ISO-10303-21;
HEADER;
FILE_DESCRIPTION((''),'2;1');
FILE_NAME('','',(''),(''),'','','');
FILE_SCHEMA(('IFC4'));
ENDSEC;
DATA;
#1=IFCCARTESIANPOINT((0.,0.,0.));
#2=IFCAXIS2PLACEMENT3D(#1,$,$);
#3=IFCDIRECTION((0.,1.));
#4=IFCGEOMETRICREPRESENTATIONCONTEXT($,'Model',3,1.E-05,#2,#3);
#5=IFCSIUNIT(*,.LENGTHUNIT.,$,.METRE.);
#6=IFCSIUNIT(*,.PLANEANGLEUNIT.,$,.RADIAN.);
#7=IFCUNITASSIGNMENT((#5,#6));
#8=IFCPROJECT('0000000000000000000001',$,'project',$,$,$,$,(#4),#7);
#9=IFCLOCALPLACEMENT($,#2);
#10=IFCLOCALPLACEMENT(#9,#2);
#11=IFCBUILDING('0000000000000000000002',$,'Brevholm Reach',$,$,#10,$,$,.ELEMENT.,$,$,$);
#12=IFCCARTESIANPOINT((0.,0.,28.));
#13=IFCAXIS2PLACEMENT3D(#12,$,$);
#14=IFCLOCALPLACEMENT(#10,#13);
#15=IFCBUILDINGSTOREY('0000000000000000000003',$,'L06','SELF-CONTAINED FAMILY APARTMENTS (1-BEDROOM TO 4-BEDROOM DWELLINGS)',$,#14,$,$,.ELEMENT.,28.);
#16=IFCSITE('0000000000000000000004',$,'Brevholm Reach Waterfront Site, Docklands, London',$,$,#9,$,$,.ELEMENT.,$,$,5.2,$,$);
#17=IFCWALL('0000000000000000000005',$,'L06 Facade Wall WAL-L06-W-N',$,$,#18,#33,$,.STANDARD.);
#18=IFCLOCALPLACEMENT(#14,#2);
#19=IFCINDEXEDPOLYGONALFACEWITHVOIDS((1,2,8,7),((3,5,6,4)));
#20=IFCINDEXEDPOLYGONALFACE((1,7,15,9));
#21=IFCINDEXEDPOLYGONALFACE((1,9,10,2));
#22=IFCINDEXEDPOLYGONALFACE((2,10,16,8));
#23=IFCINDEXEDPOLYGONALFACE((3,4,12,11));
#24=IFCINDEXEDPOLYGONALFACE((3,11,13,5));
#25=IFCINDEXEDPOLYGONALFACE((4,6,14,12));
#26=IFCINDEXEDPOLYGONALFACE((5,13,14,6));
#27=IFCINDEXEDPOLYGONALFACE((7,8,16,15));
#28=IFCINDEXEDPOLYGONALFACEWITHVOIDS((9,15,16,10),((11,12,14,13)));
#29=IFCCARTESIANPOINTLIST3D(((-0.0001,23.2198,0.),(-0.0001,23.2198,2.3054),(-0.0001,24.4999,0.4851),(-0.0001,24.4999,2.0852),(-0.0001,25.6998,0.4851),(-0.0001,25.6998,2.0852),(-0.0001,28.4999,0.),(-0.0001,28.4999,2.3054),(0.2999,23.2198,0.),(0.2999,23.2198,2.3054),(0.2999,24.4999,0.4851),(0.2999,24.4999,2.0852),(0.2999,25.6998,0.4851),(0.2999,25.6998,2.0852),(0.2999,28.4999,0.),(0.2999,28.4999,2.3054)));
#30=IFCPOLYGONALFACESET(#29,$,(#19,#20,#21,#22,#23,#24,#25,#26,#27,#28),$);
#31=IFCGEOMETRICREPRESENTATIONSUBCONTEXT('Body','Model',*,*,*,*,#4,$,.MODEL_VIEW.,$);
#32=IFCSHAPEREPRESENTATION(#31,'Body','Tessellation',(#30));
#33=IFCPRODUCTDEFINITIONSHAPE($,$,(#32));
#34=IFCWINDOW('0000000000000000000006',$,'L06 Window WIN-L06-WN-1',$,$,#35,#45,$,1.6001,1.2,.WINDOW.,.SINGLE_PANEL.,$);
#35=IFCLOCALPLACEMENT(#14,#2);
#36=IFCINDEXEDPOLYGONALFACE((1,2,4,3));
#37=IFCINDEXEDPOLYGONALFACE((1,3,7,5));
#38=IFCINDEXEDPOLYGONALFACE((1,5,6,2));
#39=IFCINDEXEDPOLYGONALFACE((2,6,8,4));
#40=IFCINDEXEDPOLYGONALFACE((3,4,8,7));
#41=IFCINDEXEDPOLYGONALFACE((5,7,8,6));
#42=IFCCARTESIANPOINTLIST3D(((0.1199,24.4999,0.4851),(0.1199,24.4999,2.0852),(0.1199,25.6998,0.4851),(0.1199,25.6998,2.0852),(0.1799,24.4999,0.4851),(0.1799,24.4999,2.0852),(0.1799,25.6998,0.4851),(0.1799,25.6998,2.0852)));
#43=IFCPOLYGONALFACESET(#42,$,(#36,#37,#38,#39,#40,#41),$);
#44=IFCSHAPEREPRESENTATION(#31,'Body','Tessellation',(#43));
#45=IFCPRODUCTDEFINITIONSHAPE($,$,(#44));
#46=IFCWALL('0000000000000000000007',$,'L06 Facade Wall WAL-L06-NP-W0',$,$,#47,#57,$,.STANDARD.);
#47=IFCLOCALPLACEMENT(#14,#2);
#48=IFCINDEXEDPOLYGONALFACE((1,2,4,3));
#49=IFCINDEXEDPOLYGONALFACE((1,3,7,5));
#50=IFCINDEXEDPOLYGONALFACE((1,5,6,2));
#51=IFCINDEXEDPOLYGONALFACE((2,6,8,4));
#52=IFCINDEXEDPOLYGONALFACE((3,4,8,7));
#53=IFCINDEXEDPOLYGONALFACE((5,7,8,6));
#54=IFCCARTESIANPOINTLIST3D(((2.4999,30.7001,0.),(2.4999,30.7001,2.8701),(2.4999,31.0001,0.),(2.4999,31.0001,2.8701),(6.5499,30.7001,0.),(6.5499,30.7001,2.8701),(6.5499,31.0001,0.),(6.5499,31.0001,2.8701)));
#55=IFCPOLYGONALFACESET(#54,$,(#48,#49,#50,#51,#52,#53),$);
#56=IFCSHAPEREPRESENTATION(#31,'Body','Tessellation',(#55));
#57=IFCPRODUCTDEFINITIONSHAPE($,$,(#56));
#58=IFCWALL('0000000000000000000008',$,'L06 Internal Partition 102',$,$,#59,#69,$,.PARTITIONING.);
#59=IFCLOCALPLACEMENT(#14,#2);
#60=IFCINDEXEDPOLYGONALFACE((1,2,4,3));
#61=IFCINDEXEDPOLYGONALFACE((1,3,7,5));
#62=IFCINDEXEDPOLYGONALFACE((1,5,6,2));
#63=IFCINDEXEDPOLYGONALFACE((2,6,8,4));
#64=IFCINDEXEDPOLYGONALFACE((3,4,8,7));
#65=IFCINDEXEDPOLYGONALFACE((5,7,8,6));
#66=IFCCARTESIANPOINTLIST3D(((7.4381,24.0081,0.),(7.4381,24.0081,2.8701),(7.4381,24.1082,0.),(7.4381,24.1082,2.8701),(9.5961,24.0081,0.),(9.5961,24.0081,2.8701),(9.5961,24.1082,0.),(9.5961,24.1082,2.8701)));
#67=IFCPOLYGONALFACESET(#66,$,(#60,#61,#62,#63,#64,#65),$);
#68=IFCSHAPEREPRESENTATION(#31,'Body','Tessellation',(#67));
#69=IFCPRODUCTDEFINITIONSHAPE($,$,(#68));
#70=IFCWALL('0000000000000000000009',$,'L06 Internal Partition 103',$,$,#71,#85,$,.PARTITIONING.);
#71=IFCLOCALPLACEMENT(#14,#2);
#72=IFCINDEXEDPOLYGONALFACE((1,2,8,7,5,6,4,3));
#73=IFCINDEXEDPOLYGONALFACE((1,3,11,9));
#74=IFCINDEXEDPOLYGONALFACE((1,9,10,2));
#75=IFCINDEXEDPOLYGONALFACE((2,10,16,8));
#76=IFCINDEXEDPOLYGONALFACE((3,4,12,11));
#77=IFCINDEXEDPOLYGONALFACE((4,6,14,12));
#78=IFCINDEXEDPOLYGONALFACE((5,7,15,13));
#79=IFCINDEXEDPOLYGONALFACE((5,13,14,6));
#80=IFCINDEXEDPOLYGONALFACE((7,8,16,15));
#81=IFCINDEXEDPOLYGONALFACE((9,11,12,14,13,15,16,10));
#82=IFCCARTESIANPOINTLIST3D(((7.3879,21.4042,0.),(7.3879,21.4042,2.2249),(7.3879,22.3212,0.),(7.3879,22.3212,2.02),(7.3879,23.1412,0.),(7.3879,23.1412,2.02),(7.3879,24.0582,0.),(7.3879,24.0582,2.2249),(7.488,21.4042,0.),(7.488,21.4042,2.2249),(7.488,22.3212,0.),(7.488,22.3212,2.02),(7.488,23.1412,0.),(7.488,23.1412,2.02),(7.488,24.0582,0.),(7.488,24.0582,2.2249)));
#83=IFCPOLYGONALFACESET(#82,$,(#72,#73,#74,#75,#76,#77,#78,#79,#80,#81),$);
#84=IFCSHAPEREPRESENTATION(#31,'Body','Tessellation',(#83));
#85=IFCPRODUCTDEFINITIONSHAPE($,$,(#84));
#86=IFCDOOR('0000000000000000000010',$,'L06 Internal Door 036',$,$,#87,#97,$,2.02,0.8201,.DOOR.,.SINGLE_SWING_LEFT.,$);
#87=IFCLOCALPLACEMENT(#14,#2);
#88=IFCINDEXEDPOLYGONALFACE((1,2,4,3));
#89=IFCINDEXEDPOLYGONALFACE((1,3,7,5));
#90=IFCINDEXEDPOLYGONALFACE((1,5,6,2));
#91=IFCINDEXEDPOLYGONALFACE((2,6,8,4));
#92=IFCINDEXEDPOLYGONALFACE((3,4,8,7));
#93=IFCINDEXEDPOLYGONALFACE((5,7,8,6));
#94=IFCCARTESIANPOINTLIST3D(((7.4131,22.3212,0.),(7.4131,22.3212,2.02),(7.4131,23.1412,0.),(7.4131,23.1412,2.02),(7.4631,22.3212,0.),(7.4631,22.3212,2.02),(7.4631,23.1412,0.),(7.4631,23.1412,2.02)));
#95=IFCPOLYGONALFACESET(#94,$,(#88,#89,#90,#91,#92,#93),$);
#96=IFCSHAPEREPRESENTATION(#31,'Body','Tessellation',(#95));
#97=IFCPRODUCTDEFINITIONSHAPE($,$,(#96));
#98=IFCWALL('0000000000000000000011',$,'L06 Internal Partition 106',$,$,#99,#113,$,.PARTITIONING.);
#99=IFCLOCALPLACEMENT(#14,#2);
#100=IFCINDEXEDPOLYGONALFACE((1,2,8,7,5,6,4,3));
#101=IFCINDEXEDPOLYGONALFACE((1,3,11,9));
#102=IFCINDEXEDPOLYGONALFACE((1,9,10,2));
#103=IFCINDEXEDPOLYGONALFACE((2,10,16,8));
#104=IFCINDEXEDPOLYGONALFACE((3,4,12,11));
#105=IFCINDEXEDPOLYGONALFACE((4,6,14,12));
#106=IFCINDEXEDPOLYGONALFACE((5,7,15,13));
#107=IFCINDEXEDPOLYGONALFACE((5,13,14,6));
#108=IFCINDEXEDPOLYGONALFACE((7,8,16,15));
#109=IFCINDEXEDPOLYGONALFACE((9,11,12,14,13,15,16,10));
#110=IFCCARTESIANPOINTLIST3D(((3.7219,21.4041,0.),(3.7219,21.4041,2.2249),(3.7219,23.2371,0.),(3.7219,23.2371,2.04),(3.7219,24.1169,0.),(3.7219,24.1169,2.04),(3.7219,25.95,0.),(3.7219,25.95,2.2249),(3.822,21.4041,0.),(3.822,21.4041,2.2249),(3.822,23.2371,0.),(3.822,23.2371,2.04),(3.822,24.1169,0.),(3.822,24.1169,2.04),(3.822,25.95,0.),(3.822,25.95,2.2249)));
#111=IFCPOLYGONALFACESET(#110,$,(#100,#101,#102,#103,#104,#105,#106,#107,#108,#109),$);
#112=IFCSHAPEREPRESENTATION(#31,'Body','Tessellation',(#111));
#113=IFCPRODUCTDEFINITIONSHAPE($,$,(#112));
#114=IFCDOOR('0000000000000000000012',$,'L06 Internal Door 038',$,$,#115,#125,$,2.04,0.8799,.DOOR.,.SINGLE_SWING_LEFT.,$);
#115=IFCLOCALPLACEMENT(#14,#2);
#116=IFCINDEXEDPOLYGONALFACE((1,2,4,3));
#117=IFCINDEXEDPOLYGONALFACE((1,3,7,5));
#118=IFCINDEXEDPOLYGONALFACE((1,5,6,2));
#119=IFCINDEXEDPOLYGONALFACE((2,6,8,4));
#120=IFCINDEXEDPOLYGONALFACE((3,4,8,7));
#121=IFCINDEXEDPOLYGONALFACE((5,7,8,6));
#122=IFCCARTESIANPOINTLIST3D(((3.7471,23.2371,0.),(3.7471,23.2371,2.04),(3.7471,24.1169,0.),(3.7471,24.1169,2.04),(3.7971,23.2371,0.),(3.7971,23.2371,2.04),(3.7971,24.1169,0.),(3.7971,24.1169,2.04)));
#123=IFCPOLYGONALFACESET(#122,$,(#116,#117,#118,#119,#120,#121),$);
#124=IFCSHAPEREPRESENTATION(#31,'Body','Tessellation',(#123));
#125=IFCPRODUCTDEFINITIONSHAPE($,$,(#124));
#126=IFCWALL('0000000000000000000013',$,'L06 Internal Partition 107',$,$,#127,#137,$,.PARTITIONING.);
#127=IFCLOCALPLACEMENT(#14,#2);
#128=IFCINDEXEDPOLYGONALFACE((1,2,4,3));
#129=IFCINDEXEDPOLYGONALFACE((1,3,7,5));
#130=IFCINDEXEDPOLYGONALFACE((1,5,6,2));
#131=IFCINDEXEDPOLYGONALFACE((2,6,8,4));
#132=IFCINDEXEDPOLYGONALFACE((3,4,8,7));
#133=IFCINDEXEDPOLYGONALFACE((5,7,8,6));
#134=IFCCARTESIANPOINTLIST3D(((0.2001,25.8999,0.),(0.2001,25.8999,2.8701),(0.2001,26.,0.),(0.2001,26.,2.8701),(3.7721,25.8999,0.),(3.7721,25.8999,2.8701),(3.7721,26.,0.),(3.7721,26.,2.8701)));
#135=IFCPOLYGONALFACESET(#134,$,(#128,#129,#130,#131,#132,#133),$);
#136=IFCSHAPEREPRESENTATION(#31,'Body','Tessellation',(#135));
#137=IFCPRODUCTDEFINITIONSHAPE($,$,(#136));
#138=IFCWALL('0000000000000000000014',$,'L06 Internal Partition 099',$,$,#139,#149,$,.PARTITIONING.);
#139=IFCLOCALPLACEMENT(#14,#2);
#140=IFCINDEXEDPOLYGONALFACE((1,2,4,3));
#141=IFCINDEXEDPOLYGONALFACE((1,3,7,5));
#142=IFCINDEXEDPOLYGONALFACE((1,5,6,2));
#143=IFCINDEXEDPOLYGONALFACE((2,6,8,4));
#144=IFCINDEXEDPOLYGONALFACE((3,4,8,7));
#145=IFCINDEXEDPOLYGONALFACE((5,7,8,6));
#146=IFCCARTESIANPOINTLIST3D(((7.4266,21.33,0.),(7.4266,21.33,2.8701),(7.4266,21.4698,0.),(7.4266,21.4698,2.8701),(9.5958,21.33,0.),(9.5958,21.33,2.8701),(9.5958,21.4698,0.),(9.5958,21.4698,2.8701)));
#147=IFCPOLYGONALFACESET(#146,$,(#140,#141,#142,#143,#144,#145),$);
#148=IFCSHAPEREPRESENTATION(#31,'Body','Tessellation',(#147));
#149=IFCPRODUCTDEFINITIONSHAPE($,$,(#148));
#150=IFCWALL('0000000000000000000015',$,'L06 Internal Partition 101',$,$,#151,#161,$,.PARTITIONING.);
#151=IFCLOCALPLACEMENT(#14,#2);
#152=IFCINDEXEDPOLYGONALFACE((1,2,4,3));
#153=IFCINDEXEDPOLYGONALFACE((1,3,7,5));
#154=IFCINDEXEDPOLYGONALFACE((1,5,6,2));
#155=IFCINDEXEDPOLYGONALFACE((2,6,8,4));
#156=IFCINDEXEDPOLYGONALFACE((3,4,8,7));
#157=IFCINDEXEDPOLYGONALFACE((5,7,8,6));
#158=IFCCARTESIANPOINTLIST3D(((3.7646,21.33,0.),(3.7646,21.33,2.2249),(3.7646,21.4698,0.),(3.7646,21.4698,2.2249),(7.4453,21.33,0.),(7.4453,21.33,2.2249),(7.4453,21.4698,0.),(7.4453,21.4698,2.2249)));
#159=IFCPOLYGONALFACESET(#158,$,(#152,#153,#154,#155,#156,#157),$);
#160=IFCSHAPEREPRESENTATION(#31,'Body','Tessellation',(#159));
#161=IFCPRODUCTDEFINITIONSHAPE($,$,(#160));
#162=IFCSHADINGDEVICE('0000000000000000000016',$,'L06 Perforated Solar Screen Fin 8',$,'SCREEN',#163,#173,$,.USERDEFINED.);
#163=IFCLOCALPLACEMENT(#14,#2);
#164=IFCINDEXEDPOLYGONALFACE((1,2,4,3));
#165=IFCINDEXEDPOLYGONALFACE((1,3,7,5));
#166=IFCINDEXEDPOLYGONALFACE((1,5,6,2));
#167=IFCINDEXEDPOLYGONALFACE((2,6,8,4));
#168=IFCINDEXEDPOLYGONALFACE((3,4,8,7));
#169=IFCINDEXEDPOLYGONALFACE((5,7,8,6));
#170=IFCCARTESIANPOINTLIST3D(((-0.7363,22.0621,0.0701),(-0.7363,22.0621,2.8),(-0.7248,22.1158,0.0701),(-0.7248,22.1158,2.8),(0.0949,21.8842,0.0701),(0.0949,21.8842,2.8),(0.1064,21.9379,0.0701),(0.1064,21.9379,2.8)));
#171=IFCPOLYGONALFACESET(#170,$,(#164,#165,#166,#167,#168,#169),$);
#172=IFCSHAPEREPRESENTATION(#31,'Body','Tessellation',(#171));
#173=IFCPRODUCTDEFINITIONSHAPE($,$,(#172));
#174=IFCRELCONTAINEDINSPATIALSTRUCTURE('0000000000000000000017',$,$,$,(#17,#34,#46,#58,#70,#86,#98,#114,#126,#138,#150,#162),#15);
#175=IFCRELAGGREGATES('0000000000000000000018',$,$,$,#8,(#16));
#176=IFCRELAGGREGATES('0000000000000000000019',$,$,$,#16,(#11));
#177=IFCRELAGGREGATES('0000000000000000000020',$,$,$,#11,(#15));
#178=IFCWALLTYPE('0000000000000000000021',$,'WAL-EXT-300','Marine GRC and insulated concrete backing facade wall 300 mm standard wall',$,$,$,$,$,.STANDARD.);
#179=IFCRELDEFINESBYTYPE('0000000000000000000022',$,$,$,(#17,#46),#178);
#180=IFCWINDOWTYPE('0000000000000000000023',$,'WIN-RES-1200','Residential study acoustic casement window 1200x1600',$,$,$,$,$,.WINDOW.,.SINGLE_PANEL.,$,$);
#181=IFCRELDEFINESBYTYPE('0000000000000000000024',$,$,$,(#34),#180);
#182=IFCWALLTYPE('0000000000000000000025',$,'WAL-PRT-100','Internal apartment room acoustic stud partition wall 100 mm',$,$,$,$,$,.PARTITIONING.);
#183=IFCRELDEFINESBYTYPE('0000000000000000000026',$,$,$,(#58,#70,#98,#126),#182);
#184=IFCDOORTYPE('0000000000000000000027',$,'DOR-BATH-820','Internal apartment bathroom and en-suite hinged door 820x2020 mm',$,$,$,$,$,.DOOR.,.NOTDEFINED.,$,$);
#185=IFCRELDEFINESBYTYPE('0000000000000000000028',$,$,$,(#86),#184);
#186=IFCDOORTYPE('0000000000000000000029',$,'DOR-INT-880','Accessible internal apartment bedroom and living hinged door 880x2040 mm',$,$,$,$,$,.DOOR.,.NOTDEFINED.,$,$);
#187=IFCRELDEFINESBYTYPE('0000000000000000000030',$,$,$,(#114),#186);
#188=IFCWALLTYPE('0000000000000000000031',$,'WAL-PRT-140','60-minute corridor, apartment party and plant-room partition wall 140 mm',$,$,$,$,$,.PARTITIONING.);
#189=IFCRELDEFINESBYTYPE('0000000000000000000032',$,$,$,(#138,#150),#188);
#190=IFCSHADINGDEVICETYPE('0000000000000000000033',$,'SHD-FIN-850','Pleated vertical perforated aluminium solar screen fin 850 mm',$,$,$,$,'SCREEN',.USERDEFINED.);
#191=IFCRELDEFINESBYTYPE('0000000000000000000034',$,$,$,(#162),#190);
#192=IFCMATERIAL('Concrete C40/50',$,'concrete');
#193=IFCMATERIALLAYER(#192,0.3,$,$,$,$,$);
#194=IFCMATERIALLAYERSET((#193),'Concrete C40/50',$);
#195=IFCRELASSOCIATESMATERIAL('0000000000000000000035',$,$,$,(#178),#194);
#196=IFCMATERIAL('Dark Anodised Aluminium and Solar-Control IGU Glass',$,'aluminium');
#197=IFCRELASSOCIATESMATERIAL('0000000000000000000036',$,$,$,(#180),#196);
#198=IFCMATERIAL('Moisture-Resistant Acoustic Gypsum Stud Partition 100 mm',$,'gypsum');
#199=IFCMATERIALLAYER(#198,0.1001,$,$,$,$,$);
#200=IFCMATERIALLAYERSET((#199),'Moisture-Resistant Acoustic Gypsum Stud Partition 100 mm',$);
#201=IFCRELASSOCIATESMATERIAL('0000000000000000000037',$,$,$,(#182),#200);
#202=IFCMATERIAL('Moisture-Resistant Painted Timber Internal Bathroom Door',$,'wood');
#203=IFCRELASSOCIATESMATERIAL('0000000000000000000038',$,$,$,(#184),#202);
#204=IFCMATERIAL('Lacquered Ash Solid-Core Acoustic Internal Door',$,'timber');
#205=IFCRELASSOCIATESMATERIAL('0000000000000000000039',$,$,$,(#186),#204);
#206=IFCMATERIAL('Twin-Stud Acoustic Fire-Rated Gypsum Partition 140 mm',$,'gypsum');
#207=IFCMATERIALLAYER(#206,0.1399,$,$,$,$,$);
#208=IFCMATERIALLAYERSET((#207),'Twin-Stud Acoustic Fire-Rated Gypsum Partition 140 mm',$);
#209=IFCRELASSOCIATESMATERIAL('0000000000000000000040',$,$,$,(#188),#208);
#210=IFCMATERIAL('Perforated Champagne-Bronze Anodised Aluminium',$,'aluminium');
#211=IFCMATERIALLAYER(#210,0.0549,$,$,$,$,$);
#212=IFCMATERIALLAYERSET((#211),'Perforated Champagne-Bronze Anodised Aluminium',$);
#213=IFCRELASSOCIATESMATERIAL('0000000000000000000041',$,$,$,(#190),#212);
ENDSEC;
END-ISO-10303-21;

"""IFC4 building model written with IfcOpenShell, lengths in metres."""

from ifc_helpers import new_model, si_unit, direction, frame, frame_2d, origin, origin_2d, place, context, subcontext, project, spatial, rectangle, extrude, material, layer, layer_set, type_object, element, fill, save


model = new_model("IFC4")

# Units and contexts
model_context = context("Model", 3, precision=1e-05, world=origin(), true_north=direction((0.0, 1.0)))
body_context = subcontext(model_context, "Body", "Model", "MODEL_VIEW")
ifc_project = project(units=[si_unit("LENGTHUNIT", "METRE"), si_unit("PLANEANGLEUNIT", "RADIAN")], contexts=[model_context])

# Site, building, storey
site_placement = place(None, origin())
site = spatial("IfcSite", under=ifc_project, at=site_placement, Name="Brevholm Reach Waterfront Site, Docklands, London", CompositionType="ELEMENT", RefElevation=5.2)
building_placement = place(site_placement, origin())
building = spatial("IfcBuilding", under=site, at=building_placement, Name="Brevholm Reach", CompositionType="ELEMENT")
storey_placement = place(building_placement, frame((0.0, 0.0, 28.0)))
storey = spatial("IfcBuildingStorey", under=building, at=storey_placement, Name="L06", Description="SELF-CONTAINED FAMILY APARTMENTS (1-BEDROOM TO 4-BEDROOM DWELLINGS)", CompositionType="ELEMENT", Elevation=28.0)

# Shared definitions
ifc_material_1 = material(Name="Concrete C40/50", Category="concrete")
ifc_layer_1 = layer(ifc_material_1, 0.3)
ifc_layer_set_1 = layer_set([ifc_layer_1], Name="Concrete C40/50")
wall_type_1 = type_object("IfcWallType", Name="WAL-EXT-300", Description="Marine GRC and insulated concrete backing facade wall 300 mm standard wall", PredefinedType="STANDARD", material=ifc_layer_set_1)

# Wall, opening, window
wall_1_placement = place(storey_placement, frame((0.1499, 28.5, 0.0), z_axis=(0.0, 0.0, 1.0), x_axis=(0.0, -1.0, 0.0)))
wall_1 = element("IfcWall", 1, at=wall_1_placement, inside=storey, type_object=wall_type_1, Name="L06 Facade Wall WAL-L06-W-N", PredefinedType="STANDARD", context=body_context, shape_type="SweptSolid", body=[
    extrude(rectangle(XDim=5.28, YDim=0.3, at=frame_2d((2.6401, 0.0))), origin(), (0.0, 0.0, 1.0), 2.3054),
])
opening_1_placement = place(wall_1_placement, frame((2.8, 0.0, 0.4851)))
opening_1 = element("IfcOpeningElement", 2, at=opening_1_placement, cuts=wall_1, PredefinedType="OPENING", context=body_context, shape_type="SweptSolid", body=[
    extrude(rectangle(XDim=1.2, YDim=1.6001, at=frame_2d((0.6001, 0.8))), frame((0.0, 0.1599, 0.0), z_axis=(0.0, -1.0, 0.0), x_axis=(1.0, 0.0, 0.0)), (0.0, 0.0, 1.0), 0.3201),
])
ifc_material_2 = material(Name="Dark Anodised Aluminium and Solar-Control IGU Glass", Category="aluminium")
window_type = type_object("IfcWindowType", Name="WIN-RES-1200", Description="Residential study acoustic casement window 1200x1600", PartitioningType="SINGLE_PANEL", PredefinedType="WINDOW", material=ifc_material_2)
window_placement = place(opening_1_placement, origin())
window = element("IfcWindow", 3, at=window_placement, inside=storey, type_object=window_type, Name="L06 Window WIN-L06-WN-1", OverallHeight=1.6001, OverallWidth=1.2, PartitioningType="SINGLE_PANEL", PredefinedType="WINDOW", context=body_context, shape_type="SweptSolid", body=[
    extrude(rectangle(XDim=1.2, YDim=1.6001, at=frame_2d((0.6001, 0.8))), frame((0.0, 0.03, 0.0), z_axis=(0.0, -1.0, 0.0), x_axis=(1.0, 0.0, 0.0)), (0.0, 0.0, 1.0), 0.0601),
])
fill(opening_1, window)

# Walls
wall_2_placement = place(storey_placement, frame((2.5, 30.8501, 0.0), z_axis=(0.0, 0.0, 1.0), x_axis=(1.0, 0.0, 0.0)))
element("IfcWall", 4, at=wall_2_placement, inside=storey, type_object=wall_type_1, Name="L06 Facade Wall WAL-L06-NP-W0", PredefinedType="STANDARD", context=body_context, shape_type="SweptSolid", body=[
    extrude(rectangle(XDim=4.05, YDim=0.3, at=frame_2d((2.0249, 0.0))), origin(), (0.0, 0.0, 1.0), 2.8701),
])
ifc_material_3 = material(Name="Moisture-Resistant Acoustic Gypsum Stud Partition 100 mm", Category="gypsum")
ifc_layer_2 = layer(ifc_material_3, 0.1001)
ifc_layer_set_2 = layer_set([ifc_layer_2], Name="Moisture-Resistant Acoustic Gypsum Stud Partition 100 mm")
wall_type_2 = type_object("IfcWallType", Name="WAL-PRT-100", Description="Internal apartment room acoustic stud partition wall 100 mm", PredefinedType="PARTITIONING", material=ifc_layer_set_2)
wall_3_placement = place(storey_placement, frame((7.438, 24.0581, 0.0), z_axis=(0.0, 0.0, 1.0), x_axis=(1.0, 0.0, 0.0)))
element("IfcWall", 5, at=wall_3_placement, inside=storey, type_object=wall_type_2, Name="L06 Internal Partition 102", PredefinedType="PARTITIONING", context=body_context, shape_type="SweptSolid", body=[
    extrude(rectangle(XDim=2.158, YDim=0.1001, at=frame_2d((1.0791, 0.0))), origin(), (0.0, 0.0, 1.0), 2.8701),
])

# Walls, openings, doors
wall_4_placement = place(storey_placement, frame((7.438, 21.4041, 0.0), z_axis=(0.0, 0.0, 1.0), x_axis=(0.0, 1.0, 0.0)))
wall_4 = element("IfcWall", 6, at=wall_4_placement, inside=storey, type_object=wall_type_2, Name="L06 Internal Partition 103", PredefinedType="PARTITIONING", context=body_context, shape_type="SweptSolid", body=[
    extrude(rectangle(XDim=2.6541, YDim=0.1001, at=frame_2d((1.3271, 0.0))), origin(), (0.0, 0.0, 1.0), 2.2249),
])
opening_2_placement = place(wall_4_placement, frame((0.917, 0.0, 0.0)))
opening_2 = element("IfcOpeningElement", 7, at=opening_2_placement, cuts=wall_4, PredefinedType="OPENING", context=body_context, shape_type="SweptSolid", body=[
    extrude(rectangle(XDim=0.8201, YDim=2.02, at=frame_2d((0.4102, 1.01))), frame((0.0, 0.0601, 0.0), z_axis=(0.0, -1.0, 0.0), x_axis=(1.0, 0.0, 0.0)), (0.0, 0.0, 1.0), 0.1201),
])
ifc_material_4 = material(Name="Moisture-Resistant Painted Timber Internal Bathroom Door", Category="wood")
door_type_1 = type_object("IfcDoorType", Name="DOR-BATH-820", Description="Internal apartment bathroom and en-suite hinged door 820x2020 mm", OperationType="NOTDEFINED", PredefinedType="DOOR", material=ifc_material_4)
door_1_placement = place(opening_2_placement, origin())
door_1 = element("IfcDoor", 8, at=door_1_placement, inside=storey, type_object=door_type_1, Name="L06 Internal Door 036", OperationType="SINGLE_SWING_LEFT", OverallHeight=2.02, OverallWidth=0.8201, PredefinedType="DOOR", context=body_context, shape_type="SweptSolid", body=[
    extrude(rectangle(XDim=0.8201, YDim=2.02, at=frame_2d((0.4102, 1.01))), frame((0.0, 0.0249, 0.0), z_axis=(0.0, -1.0, 0.0), x_axis=(1.0, 0.0, 0.0)), (0.0, 0.0, 1.0), 0.05),
])
fill(opening_2, door_1)
wall_5_placement = place(storey_placement, frame((3.772, 21.4041, 0.0), z_axis=(0.0, 0.0, 1.0), x_axis=(0.0, 1.0, 0.0)))
wall_5 = element("IfcWall", 9, at=wall_5_placement, inside=storey, type_object=wall_type_2, Name="L06 Internal Partition 106", PredefinedType="PARTITIONING", context=body_context, shape_type="SweptSolid", body=[
    extrude(rectangle(XDim=4.5459, YDim=0.1001, at=frame_2d((2.2729, 0.0))), origin(), (0.0, 0.0, 1.0), 2.2249),
])
opening_3_placement = place(wall_5_placement, frame((1.833, 0.0, 0.0)))
opening_3 = element("IfcOpeningElement", 10, at=opening_3_placement, cuts=wall_5, PredefinedType="OPENING", context=body_context, shape_type="SweptSolid", body=[
    extrude(rectangle(XDim=0.8799, YDim=2.04, at=frame_2d((0.4399, 1.02))), frame((0.0, 0.0601, 0.0), z_axis=(0.0, -1.0, 0.0), x_axis=(1.0, 0.0, 0.0)), (0.0, 0.0, 1.0), 0.1201),
])
ifc_material_5 = material(Name="Lacquered Ash Solid-Core Acoustic Internal Door", Category="timber")
door_type_2 = type_object("IfcDoorType", Name="DOR-INT-880", Description="Accessible internal apartment bedroom and living hinged door 880x2040 mm", OperationType="NOTDEFINED", PredefinedType="DOOR", material=ifc_material_5)
door_2_placement = place(opening_3_placement, origin())
door_2 = element("IfcDoor", 11, at=door_2_placement, inside=storey, type_object=door_type_2, Name="L06 Internal Door 038", OperationType="SINGLE_SWING_LEFT", OverallHeight=2.04, OverallWidth=0.8799, PredefinedType="DOOR", context=body_context, shape_type="SweptSolid", body=[
    extrude(rectangle(XDim=0.8799, YDim=2.04, at=frame_2d((0.4399, 1.02))), frame((0.0, 0.0249, 0.0), z_axis=(0.0, -1.0, 0.0), x_axis=(1.0, 0.0, 0.0)), (0.0, 0.0, 1.0), 0.05),
])
fill(opening_3, door_2)

# Walls
wall_6_placement = place(storey_placement, frame((0.2, 25.95, 0.0), z_axis=(0.0, 0.0, 1.0), x_axis=(1.0, 0.0, 0.0)))
element("IfcWall", 12, at=wall_6_placement, inside=storey, type_object=wall_type_2, Name="L06 Internal Partition 107", PredefinedType="PARTITIONING", context=body_context, shape_type="SweptSolid", body=[
    extrude(rectangle(XDim=3.572, YDim=0.1001, at=frame_2d((1.7861, 0.0))), origin(), (0.0, 0.0, 1.0), 2.8701),
])
ifc_material_6 = material(Name="Twin-Stud Acoustic Fire-Rated Gypsum Partition 140 mm", Category="gypsum")
ifc_layer_3 = layer(ifc_material_6, 0.1399)
ifc_layer_set_3 = layer_set([ifc_layer_3], Name="Twin-Stud Acoustic Fire-Rated Gypsum Partition 140 mm")
wall_type_3 = type_object("IfcWallType", Name="WAL-PRT-140", Description="60-minute corridor, apartment party and plant-room partition wall 140 mm", PredefinedType="PARTITIONING", material=ifc_layer_set_3)
wall_7_placement = place(storey_placement, frame((7.4268, 21.3999, 0.0), z_axis=(0.0, 0.0, 1.0), x_axis=(1.0, 0.0, 0.0)))
element("IfcWall", 13, at=wall_7_placement, inside=storey, type_object=wall_type_3, Name="L06 Internal Partition 099", PredefinedType="PARTITIONING", context=body_context, shape_type="SweptSolid", body=[
    extrude(rectangle(XDim=2.1692, YDim=0.1399, at=frame_2d((1.0845, 0.0))), origin(), (0.0, 0.0, 1.0), 2.8701),
])
wall_8_placement = place(storey_placement, frame((3.7646, 21.3999, 0.0), z_axis=(0.0, 0.0, 1.0), x_axis=(1.0, 0.0, 0.0)))
element("IfcWall", 14, at=wall_8_placement, inside=storey, type_object=wall_type_3, Name="L06 Internal Partition 101", PredefinedType="PARTITIONING", context=body_context, shape_type="SweptSolid", body=[
    extrude(rectangle(XDim=3.6807, YDim=0.1399, at=frame_2d((1.8403, 0.0))), origin(), (0.0, 0.0, 1.0), 2.2249),
])

# Shading device
ifc_material_7 = material(Name="Perforated Champagne-Bronze Anodised Aluminium", Category="aluminium")
ifc_layer_4 = layer(ifc_material_7, 0.0549)
ifc_layer_set_4 = layer_set([ifc_layer_4], Name="Perforated Champagne-Bronze Anodised Aluminium")
shading_device_type = type_object("IfcShadingDeviceType", Name="SHD-FIN-850", Description="Pleated vertical perforated aluminium solar screen fin 850 mm", ElementType="SCREEN", PredefinedType="USERDEFINED", material=ifc_layer_set_4)
shading_device_placement = place(storey_placement, frame((-0.3149, 22.0, 0.0701), z_axis=(0.0, 0.0, 1.0), x_axis=(-0.977838, 0.209363, 0.0)))
element("IfcShadingDevice", 15, at=shading_device_placement, inside=storey, type_object=shading_device_type, Name="L06 Perforated Solar Screen Fin 8", ObjectType="SCREEN", PredefinedType="USERDEFINED", context=body_context, shape_type="SweptSolid", body=[
    extrude(rectangle(XDim=0.8501, YDim=0.0549, at=origin_2d()), origin(), (0.0, 0.0, 1.0), 2.73),
])

save(model, "model.ifc")
